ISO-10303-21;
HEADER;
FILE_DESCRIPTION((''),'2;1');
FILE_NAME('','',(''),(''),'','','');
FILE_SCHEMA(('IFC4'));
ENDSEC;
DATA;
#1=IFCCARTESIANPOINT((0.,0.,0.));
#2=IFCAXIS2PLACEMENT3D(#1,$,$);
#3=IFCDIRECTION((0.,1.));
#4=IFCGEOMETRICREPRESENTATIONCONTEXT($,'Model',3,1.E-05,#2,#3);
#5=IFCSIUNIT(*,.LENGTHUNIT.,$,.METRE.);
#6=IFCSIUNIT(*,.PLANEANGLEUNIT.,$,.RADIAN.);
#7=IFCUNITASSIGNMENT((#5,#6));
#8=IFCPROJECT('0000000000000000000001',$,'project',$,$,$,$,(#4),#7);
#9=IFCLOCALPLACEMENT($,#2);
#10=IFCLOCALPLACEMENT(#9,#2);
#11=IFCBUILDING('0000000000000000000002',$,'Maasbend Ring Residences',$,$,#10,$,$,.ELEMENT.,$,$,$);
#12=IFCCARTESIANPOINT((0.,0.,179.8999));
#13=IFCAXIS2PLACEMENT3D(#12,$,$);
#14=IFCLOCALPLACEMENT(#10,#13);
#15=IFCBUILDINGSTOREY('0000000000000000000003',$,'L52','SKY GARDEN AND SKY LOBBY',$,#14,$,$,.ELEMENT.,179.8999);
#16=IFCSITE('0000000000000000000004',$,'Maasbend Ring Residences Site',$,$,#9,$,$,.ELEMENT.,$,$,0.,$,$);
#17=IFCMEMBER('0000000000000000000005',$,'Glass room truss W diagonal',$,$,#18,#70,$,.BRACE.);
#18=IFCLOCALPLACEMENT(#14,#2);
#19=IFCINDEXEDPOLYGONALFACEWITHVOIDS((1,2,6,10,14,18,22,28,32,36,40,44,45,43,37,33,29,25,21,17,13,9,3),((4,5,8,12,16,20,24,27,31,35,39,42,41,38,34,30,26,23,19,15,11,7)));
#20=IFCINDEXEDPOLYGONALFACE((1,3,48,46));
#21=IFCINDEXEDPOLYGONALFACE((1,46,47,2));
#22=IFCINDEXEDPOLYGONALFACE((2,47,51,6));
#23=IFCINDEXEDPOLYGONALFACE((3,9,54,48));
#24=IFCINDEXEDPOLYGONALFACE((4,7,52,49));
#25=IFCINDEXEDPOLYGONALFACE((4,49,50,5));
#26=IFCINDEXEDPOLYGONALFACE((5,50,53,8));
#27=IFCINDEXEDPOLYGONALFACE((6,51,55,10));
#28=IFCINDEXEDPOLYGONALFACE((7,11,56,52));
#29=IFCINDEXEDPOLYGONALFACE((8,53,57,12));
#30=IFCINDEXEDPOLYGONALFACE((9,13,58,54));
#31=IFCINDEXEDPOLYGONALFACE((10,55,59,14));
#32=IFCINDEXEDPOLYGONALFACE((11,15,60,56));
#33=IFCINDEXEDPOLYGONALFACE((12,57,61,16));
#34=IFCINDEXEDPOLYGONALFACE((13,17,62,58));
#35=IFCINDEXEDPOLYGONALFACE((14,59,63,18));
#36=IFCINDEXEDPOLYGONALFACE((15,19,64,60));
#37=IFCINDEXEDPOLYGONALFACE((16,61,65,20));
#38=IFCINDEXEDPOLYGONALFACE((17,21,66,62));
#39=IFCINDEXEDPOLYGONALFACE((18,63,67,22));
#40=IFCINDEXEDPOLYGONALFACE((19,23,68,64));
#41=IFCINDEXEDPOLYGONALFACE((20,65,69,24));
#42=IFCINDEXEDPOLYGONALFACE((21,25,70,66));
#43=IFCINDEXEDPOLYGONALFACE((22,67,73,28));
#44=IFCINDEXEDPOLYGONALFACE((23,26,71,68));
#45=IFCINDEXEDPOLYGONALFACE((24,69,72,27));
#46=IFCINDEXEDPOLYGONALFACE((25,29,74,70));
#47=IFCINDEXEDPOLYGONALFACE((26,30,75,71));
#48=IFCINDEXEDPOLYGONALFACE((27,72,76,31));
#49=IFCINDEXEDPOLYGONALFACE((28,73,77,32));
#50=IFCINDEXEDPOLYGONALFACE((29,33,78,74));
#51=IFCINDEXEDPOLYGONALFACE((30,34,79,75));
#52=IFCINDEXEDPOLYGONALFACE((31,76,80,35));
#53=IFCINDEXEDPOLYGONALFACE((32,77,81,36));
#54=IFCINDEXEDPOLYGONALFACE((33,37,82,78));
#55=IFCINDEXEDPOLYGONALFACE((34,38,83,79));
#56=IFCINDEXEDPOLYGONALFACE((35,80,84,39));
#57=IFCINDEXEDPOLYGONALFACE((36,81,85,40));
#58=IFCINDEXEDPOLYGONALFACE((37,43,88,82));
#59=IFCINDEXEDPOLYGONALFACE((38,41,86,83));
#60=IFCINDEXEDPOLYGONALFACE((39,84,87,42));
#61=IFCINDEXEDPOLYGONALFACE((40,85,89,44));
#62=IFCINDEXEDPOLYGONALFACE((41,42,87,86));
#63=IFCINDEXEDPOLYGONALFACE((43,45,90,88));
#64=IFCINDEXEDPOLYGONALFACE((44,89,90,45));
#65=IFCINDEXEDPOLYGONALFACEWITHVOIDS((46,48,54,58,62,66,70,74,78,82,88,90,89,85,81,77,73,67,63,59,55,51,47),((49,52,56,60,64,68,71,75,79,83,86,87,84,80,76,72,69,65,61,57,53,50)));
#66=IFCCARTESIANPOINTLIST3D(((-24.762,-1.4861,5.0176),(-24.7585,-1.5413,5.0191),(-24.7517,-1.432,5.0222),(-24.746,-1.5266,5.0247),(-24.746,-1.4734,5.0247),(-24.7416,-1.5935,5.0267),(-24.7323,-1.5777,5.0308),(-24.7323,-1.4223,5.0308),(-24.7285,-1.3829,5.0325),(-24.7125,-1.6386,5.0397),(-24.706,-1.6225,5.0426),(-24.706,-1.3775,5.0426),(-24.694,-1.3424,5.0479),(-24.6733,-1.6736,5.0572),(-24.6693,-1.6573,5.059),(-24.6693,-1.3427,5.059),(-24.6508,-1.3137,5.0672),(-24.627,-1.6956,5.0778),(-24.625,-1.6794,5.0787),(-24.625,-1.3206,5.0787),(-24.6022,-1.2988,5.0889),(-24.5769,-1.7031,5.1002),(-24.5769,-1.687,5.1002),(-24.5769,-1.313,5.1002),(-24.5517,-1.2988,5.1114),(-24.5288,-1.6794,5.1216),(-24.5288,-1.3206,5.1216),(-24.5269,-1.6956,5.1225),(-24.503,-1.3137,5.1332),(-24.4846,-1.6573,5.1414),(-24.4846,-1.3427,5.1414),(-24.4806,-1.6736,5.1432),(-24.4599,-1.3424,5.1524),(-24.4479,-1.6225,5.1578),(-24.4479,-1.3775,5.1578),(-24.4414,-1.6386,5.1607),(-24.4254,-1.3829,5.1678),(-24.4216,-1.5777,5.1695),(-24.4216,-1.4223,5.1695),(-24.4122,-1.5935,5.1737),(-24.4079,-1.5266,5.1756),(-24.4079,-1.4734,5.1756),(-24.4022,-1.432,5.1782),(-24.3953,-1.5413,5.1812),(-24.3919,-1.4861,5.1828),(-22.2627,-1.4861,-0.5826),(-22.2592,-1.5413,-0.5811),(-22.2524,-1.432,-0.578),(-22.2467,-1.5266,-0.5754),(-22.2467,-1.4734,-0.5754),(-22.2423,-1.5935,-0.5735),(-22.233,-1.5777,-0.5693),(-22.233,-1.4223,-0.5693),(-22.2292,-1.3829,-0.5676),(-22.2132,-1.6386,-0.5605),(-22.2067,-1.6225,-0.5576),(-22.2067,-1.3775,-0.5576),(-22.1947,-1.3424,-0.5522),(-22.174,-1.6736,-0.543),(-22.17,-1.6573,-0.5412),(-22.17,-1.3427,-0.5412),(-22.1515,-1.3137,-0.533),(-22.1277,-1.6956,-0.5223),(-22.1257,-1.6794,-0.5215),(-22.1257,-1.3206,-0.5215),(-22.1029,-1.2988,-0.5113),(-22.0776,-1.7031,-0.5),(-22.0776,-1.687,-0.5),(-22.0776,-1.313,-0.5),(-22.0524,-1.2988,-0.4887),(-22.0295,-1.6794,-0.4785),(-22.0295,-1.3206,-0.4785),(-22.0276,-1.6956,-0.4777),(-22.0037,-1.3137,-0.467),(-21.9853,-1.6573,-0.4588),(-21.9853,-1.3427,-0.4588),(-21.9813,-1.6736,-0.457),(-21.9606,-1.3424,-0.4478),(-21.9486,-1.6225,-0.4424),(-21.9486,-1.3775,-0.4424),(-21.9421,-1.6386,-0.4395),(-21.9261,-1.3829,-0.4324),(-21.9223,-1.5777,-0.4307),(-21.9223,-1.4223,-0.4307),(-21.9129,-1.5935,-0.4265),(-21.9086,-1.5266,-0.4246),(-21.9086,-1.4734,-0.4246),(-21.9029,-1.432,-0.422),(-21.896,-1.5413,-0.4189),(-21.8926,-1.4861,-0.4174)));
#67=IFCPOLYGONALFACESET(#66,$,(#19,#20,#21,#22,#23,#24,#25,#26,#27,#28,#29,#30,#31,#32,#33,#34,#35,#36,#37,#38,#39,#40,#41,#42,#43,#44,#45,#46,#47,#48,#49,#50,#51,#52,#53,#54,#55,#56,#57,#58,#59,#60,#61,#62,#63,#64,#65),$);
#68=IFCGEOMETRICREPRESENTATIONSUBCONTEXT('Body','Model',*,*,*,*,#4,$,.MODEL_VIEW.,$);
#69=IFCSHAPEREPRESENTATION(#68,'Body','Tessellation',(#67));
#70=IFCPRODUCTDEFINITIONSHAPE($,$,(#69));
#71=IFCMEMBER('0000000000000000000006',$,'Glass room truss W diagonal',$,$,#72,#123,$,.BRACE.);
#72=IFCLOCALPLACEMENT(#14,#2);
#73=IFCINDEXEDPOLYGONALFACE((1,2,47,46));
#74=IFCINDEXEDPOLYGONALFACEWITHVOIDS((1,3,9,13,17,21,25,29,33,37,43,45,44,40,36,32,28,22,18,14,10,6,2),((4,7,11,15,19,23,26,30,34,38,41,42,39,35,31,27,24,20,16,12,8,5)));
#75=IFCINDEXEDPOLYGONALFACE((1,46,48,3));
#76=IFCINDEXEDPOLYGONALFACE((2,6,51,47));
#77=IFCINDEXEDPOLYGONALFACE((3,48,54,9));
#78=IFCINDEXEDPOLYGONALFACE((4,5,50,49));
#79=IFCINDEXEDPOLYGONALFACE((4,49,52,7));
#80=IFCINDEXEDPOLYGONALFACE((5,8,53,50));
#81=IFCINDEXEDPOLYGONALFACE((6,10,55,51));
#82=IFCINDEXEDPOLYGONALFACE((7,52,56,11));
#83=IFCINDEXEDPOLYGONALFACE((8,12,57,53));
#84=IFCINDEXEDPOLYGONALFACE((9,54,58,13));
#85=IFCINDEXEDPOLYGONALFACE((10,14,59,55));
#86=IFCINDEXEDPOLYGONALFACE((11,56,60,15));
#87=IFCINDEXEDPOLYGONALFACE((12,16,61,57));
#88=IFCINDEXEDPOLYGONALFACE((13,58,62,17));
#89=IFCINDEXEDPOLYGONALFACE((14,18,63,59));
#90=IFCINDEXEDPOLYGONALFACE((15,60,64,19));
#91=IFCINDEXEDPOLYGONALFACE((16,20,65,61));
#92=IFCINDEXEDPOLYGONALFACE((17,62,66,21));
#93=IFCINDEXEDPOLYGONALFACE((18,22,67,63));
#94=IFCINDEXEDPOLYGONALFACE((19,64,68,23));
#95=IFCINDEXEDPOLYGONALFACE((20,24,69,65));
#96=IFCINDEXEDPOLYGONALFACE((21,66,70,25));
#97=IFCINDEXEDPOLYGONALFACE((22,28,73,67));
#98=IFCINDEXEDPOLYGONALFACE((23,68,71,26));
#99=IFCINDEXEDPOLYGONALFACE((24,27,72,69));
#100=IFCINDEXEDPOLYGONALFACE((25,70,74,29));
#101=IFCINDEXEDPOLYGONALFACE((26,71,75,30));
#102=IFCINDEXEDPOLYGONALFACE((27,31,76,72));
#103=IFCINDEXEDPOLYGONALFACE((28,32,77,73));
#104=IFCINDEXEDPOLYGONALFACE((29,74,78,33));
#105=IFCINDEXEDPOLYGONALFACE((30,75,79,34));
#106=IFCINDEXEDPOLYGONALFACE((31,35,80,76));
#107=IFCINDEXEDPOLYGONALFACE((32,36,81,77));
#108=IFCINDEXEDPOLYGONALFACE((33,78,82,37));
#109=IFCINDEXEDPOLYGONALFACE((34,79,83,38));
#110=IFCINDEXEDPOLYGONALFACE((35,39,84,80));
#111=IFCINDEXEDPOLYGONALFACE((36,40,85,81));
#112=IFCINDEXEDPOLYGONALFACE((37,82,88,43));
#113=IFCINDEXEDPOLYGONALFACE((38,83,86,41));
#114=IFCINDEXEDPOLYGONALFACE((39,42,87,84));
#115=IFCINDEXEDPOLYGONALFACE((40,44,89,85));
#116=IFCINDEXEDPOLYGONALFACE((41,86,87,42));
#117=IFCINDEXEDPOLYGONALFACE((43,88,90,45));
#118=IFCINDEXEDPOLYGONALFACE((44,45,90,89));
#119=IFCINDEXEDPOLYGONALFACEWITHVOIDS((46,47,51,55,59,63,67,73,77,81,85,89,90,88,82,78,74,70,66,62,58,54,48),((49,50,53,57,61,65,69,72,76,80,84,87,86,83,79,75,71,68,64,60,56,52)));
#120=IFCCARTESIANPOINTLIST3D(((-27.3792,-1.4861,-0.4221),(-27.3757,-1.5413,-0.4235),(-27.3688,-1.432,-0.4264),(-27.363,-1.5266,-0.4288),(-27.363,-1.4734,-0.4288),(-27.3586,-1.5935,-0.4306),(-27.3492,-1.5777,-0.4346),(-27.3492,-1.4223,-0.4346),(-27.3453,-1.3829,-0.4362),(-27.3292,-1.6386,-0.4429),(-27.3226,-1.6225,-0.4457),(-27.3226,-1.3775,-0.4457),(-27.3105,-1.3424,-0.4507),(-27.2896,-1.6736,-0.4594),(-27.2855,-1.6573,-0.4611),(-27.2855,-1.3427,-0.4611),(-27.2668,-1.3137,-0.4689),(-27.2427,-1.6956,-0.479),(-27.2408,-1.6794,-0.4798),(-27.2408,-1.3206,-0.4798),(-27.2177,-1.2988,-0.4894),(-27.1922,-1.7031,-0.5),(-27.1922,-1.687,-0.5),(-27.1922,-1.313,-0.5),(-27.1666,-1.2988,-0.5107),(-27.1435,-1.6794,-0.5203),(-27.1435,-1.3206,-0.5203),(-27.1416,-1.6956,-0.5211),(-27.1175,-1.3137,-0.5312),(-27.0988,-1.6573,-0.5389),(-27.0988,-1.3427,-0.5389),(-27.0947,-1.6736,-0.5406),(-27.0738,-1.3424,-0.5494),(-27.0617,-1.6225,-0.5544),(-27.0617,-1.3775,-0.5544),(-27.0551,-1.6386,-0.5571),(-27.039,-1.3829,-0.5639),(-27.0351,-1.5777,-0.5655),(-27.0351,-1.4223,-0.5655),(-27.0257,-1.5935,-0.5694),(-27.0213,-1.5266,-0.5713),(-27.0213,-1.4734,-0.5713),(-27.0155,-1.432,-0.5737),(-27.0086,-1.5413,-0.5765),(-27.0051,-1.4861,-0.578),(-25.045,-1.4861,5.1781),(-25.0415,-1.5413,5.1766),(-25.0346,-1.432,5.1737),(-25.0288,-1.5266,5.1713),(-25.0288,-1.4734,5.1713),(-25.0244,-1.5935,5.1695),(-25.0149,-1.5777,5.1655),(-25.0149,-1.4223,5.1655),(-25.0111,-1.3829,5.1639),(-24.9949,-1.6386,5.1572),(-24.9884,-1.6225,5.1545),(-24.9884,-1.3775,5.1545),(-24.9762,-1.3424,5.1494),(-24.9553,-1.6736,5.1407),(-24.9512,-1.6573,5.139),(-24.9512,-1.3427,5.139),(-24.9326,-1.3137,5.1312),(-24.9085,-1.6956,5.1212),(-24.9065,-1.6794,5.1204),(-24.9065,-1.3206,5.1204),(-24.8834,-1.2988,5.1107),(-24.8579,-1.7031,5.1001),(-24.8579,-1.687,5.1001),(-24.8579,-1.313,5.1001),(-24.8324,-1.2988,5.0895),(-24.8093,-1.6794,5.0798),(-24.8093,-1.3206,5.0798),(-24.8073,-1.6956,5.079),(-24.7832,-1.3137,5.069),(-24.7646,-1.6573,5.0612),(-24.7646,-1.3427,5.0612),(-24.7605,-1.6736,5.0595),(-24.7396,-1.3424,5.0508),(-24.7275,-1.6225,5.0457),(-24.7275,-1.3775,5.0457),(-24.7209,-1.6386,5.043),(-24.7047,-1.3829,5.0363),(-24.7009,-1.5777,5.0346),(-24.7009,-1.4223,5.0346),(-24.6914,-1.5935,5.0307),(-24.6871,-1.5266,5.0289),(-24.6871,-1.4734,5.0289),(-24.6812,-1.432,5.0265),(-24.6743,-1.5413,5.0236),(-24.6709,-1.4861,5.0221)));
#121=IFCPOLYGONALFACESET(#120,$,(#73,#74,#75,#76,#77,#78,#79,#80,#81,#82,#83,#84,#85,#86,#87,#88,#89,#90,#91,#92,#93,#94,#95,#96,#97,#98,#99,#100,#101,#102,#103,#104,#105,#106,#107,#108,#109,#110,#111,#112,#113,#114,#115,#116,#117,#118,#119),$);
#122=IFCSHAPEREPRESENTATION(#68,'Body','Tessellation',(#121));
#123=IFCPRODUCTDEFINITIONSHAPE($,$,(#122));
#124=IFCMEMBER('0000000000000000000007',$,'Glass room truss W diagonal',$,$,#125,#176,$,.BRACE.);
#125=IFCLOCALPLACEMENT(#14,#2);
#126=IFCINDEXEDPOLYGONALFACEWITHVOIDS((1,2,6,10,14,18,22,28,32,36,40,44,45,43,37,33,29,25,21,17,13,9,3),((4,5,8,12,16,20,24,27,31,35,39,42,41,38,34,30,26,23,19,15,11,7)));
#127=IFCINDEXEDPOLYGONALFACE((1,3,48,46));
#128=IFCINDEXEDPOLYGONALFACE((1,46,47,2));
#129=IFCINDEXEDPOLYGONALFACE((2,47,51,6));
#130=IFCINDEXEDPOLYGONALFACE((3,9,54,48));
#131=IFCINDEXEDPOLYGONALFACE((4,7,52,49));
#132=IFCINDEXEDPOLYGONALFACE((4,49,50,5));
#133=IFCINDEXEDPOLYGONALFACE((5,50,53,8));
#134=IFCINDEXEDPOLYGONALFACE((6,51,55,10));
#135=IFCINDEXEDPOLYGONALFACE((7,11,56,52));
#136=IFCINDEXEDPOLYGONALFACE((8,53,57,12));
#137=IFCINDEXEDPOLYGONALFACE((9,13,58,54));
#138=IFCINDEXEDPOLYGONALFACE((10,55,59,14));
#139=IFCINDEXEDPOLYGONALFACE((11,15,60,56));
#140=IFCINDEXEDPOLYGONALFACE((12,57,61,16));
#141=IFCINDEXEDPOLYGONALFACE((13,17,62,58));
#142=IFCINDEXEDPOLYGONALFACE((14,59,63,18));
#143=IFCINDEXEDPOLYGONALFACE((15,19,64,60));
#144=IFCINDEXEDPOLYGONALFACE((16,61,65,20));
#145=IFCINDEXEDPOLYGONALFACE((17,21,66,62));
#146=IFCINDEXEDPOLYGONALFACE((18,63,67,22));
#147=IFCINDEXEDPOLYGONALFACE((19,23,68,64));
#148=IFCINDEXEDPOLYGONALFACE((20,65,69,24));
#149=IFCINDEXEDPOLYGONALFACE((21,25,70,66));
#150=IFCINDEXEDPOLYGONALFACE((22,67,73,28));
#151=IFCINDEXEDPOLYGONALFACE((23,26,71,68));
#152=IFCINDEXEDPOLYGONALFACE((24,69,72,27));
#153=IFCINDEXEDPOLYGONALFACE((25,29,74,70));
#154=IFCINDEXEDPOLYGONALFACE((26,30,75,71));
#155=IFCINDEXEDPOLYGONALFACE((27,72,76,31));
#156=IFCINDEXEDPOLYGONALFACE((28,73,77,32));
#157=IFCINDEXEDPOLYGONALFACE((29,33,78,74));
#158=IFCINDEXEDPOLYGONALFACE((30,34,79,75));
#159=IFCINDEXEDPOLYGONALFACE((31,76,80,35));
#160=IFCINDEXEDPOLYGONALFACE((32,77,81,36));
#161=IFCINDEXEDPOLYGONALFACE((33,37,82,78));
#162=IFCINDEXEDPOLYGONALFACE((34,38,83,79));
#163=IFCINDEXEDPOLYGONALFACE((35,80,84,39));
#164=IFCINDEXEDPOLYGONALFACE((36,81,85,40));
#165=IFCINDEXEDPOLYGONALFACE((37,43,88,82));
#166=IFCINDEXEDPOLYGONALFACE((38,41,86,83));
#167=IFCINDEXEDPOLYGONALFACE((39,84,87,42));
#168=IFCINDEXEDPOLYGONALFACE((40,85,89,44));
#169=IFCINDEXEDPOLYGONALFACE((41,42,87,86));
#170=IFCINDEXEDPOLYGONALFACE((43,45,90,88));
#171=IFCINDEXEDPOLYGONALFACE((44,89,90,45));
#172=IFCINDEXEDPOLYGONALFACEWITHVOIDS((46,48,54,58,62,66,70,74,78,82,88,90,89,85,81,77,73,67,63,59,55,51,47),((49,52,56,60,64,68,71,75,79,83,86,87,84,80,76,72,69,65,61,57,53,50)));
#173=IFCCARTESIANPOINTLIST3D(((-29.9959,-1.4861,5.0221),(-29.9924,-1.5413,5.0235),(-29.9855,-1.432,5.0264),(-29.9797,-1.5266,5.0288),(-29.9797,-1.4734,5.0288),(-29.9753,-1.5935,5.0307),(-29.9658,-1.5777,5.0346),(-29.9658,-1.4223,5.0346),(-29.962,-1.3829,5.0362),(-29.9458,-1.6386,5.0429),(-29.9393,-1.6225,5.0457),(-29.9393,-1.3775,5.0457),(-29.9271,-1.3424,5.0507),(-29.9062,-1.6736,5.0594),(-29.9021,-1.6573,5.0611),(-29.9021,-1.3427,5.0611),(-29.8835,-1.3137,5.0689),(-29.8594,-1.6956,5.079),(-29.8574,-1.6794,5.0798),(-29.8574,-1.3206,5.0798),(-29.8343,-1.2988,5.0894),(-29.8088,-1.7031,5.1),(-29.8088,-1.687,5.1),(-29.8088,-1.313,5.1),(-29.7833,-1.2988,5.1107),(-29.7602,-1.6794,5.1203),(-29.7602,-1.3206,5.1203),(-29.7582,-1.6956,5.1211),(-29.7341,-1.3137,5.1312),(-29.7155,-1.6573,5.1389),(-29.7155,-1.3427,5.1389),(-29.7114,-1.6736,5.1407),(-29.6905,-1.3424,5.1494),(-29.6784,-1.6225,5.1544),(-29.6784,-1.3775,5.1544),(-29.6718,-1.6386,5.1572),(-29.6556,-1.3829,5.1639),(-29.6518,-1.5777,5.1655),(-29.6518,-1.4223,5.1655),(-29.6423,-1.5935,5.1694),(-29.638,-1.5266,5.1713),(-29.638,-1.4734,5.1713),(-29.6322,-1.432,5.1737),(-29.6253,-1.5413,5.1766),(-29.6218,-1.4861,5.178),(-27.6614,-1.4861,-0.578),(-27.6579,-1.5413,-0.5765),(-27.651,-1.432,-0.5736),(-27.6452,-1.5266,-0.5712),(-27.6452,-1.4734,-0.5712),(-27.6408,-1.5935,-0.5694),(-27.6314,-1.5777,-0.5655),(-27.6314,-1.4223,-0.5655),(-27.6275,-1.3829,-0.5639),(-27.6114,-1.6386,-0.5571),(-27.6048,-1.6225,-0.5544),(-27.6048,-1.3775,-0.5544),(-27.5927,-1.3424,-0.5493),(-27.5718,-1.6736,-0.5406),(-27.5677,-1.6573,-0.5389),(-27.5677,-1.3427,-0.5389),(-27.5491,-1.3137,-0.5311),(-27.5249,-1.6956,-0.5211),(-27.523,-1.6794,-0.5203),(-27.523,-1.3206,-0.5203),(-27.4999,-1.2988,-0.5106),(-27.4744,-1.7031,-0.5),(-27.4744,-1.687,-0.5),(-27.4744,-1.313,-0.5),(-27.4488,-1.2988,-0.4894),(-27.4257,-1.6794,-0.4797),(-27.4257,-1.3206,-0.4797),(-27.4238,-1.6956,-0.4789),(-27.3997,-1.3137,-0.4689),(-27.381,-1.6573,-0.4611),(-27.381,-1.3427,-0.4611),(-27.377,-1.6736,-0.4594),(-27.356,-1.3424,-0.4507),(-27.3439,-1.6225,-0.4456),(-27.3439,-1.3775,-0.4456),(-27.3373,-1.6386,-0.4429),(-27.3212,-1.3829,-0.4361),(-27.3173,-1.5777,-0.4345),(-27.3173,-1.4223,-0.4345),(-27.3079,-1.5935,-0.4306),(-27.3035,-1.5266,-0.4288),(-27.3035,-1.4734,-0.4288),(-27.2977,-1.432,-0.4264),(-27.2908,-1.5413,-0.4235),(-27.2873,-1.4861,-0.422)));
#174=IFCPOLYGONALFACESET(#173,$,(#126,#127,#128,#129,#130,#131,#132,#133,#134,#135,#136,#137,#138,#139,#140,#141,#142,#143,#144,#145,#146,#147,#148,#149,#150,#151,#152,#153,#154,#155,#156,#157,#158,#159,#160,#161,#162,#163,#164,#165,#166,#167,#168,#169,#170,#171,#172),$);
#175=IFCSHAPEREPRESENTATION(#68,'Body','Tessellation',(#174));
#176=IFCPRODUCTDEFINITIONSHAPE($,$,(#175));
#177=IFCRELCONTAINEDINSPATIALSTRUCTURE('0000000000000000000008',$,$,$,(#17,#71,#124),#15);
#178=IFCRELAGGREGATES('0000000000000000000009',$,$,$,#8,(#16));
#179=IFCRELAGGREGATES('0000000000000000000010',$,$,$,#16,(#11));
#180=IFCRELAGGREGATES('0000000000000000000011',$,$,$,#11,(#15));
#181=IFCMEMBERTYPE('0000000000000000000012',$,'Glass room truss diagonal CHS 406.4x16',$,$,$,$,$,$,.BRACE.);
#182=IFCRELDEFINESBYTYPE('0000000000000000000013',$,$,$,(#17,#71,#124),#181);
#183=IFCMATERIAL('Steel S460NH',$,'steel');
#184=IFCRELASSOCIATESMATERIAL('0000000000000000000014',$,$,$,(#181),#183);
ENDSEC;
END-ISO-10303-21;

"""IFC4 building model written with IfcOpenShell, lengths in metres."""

from ifc_helpers import new_model, si_unit, direction, frame, origin, origin_2d, place, context, subcontext, project, spatial, hollow_circle, extrude, material, material_profile, profile_set, type_object, element, save


model = new_model("IFC4")

# Units and contexts
model_context = context("Model", 3, precision=1e-05, world=origin(), true_north=direction((0.0, 1.0)))
body_context = subcontext(model_context, "Body", "Model", "MODEL_VIEW")
ifc_project = project(units=[si_unit("LENGTHUNIT", "METRE"), si_unit("PLANEANGLEUNIT", "RADIAN")], contexts=[model_context])

# Site, building, storey
site_placement = place(None, origin())
site = spatial("IfcSite", under=ifc_project, at=site_placement, Name="Maasbend Ring Residences Site", CompositionType="ELEMENT", RefElevation=0.0)
building_placement = place(site_placement, origin())
building = spatial("IfcBuilding", under=site, at=building_placement, Name="Maasbend Ring Residences", CompositionType="ELEMENT")
storey_placement = place(building_placement, frame((0.0, 0.0, 179.8999)))
storey = spatial("IfcBuildingStorey", under=building, at=storey_placement, Name="L52", Description="SKY GARDEN AND SKY LOBBY", CompositionType="ELEMENT", Elevation=179.8999)

# Members
ifc_material_1 = material(Name="Steel S460NH", Category="steel")
ifc_material_profile_1 = material_profile(ifc_material_1, hollow_circle(Radius=0.2031, WallThickness=0.0161, at=origin_2d()), Name="Glass room truss diagonal CHS 406.4x16")
ifc_profile_set_1 = profile_set([ifc_material_profile_1], Name="Steel S460NH")
member_type_1 = type_object("IfcMemberType", Name="Glass room truss diagonal CHS 406.4x16", PredefinedType="BRACE", material=ifc_profile_set_1)
member_1_placement = place(storey_placement, frame((-22.0776, -1.5, -0.5), z_axis=(-0.407545, 0.0, 0.913185), x_axis=(0.0, -1.0, 0.0)))
element("IfcMember", 1, at=member_1_placement, inside=storey, type_object=member_type_1, Name="Glass room truss W diagonal", PredefinedType="BRACE", context=body_context, shape_type="SweptSolid", body=[
    extrude(hollow_circle(Radius=0.2031, WallThickness=0.0161, at=origin_2d()), origin(), (0.0, 0.0, 1.0), 6.1326),
])
for number, where, z_axis, x_axis, name in (
    (2, (-24.8579, -1.5, 5.1001), (-0.384735, 0.0, -0.923027), (0.0, -1.0, 0.0), "Glass room truss W diagonal"),
    (3, (-27.4744, -1.5, -0.5), (-0.38477, 0.0, 0.923013), (0.0, -1.0, 0.0), "Glass room truss W diagonal"),
):
    element("IfcMember", number, at=place(storey_placement, frame(where, z_axis=z_axis, x_axis=x_axis)), inside=storey, type_object=member_type_1, Name=name, PredefinedType="BRACE", context=body_context, shape_type="SweptSolid", body=[
        extrude(hollow_circle(Radius=0.2031, WallThickness=0.0161, at=origin_2d()), origin(), (0.0, 0.0, 1.0), 6.0671),
    ])

save(model, "model.ifc")
